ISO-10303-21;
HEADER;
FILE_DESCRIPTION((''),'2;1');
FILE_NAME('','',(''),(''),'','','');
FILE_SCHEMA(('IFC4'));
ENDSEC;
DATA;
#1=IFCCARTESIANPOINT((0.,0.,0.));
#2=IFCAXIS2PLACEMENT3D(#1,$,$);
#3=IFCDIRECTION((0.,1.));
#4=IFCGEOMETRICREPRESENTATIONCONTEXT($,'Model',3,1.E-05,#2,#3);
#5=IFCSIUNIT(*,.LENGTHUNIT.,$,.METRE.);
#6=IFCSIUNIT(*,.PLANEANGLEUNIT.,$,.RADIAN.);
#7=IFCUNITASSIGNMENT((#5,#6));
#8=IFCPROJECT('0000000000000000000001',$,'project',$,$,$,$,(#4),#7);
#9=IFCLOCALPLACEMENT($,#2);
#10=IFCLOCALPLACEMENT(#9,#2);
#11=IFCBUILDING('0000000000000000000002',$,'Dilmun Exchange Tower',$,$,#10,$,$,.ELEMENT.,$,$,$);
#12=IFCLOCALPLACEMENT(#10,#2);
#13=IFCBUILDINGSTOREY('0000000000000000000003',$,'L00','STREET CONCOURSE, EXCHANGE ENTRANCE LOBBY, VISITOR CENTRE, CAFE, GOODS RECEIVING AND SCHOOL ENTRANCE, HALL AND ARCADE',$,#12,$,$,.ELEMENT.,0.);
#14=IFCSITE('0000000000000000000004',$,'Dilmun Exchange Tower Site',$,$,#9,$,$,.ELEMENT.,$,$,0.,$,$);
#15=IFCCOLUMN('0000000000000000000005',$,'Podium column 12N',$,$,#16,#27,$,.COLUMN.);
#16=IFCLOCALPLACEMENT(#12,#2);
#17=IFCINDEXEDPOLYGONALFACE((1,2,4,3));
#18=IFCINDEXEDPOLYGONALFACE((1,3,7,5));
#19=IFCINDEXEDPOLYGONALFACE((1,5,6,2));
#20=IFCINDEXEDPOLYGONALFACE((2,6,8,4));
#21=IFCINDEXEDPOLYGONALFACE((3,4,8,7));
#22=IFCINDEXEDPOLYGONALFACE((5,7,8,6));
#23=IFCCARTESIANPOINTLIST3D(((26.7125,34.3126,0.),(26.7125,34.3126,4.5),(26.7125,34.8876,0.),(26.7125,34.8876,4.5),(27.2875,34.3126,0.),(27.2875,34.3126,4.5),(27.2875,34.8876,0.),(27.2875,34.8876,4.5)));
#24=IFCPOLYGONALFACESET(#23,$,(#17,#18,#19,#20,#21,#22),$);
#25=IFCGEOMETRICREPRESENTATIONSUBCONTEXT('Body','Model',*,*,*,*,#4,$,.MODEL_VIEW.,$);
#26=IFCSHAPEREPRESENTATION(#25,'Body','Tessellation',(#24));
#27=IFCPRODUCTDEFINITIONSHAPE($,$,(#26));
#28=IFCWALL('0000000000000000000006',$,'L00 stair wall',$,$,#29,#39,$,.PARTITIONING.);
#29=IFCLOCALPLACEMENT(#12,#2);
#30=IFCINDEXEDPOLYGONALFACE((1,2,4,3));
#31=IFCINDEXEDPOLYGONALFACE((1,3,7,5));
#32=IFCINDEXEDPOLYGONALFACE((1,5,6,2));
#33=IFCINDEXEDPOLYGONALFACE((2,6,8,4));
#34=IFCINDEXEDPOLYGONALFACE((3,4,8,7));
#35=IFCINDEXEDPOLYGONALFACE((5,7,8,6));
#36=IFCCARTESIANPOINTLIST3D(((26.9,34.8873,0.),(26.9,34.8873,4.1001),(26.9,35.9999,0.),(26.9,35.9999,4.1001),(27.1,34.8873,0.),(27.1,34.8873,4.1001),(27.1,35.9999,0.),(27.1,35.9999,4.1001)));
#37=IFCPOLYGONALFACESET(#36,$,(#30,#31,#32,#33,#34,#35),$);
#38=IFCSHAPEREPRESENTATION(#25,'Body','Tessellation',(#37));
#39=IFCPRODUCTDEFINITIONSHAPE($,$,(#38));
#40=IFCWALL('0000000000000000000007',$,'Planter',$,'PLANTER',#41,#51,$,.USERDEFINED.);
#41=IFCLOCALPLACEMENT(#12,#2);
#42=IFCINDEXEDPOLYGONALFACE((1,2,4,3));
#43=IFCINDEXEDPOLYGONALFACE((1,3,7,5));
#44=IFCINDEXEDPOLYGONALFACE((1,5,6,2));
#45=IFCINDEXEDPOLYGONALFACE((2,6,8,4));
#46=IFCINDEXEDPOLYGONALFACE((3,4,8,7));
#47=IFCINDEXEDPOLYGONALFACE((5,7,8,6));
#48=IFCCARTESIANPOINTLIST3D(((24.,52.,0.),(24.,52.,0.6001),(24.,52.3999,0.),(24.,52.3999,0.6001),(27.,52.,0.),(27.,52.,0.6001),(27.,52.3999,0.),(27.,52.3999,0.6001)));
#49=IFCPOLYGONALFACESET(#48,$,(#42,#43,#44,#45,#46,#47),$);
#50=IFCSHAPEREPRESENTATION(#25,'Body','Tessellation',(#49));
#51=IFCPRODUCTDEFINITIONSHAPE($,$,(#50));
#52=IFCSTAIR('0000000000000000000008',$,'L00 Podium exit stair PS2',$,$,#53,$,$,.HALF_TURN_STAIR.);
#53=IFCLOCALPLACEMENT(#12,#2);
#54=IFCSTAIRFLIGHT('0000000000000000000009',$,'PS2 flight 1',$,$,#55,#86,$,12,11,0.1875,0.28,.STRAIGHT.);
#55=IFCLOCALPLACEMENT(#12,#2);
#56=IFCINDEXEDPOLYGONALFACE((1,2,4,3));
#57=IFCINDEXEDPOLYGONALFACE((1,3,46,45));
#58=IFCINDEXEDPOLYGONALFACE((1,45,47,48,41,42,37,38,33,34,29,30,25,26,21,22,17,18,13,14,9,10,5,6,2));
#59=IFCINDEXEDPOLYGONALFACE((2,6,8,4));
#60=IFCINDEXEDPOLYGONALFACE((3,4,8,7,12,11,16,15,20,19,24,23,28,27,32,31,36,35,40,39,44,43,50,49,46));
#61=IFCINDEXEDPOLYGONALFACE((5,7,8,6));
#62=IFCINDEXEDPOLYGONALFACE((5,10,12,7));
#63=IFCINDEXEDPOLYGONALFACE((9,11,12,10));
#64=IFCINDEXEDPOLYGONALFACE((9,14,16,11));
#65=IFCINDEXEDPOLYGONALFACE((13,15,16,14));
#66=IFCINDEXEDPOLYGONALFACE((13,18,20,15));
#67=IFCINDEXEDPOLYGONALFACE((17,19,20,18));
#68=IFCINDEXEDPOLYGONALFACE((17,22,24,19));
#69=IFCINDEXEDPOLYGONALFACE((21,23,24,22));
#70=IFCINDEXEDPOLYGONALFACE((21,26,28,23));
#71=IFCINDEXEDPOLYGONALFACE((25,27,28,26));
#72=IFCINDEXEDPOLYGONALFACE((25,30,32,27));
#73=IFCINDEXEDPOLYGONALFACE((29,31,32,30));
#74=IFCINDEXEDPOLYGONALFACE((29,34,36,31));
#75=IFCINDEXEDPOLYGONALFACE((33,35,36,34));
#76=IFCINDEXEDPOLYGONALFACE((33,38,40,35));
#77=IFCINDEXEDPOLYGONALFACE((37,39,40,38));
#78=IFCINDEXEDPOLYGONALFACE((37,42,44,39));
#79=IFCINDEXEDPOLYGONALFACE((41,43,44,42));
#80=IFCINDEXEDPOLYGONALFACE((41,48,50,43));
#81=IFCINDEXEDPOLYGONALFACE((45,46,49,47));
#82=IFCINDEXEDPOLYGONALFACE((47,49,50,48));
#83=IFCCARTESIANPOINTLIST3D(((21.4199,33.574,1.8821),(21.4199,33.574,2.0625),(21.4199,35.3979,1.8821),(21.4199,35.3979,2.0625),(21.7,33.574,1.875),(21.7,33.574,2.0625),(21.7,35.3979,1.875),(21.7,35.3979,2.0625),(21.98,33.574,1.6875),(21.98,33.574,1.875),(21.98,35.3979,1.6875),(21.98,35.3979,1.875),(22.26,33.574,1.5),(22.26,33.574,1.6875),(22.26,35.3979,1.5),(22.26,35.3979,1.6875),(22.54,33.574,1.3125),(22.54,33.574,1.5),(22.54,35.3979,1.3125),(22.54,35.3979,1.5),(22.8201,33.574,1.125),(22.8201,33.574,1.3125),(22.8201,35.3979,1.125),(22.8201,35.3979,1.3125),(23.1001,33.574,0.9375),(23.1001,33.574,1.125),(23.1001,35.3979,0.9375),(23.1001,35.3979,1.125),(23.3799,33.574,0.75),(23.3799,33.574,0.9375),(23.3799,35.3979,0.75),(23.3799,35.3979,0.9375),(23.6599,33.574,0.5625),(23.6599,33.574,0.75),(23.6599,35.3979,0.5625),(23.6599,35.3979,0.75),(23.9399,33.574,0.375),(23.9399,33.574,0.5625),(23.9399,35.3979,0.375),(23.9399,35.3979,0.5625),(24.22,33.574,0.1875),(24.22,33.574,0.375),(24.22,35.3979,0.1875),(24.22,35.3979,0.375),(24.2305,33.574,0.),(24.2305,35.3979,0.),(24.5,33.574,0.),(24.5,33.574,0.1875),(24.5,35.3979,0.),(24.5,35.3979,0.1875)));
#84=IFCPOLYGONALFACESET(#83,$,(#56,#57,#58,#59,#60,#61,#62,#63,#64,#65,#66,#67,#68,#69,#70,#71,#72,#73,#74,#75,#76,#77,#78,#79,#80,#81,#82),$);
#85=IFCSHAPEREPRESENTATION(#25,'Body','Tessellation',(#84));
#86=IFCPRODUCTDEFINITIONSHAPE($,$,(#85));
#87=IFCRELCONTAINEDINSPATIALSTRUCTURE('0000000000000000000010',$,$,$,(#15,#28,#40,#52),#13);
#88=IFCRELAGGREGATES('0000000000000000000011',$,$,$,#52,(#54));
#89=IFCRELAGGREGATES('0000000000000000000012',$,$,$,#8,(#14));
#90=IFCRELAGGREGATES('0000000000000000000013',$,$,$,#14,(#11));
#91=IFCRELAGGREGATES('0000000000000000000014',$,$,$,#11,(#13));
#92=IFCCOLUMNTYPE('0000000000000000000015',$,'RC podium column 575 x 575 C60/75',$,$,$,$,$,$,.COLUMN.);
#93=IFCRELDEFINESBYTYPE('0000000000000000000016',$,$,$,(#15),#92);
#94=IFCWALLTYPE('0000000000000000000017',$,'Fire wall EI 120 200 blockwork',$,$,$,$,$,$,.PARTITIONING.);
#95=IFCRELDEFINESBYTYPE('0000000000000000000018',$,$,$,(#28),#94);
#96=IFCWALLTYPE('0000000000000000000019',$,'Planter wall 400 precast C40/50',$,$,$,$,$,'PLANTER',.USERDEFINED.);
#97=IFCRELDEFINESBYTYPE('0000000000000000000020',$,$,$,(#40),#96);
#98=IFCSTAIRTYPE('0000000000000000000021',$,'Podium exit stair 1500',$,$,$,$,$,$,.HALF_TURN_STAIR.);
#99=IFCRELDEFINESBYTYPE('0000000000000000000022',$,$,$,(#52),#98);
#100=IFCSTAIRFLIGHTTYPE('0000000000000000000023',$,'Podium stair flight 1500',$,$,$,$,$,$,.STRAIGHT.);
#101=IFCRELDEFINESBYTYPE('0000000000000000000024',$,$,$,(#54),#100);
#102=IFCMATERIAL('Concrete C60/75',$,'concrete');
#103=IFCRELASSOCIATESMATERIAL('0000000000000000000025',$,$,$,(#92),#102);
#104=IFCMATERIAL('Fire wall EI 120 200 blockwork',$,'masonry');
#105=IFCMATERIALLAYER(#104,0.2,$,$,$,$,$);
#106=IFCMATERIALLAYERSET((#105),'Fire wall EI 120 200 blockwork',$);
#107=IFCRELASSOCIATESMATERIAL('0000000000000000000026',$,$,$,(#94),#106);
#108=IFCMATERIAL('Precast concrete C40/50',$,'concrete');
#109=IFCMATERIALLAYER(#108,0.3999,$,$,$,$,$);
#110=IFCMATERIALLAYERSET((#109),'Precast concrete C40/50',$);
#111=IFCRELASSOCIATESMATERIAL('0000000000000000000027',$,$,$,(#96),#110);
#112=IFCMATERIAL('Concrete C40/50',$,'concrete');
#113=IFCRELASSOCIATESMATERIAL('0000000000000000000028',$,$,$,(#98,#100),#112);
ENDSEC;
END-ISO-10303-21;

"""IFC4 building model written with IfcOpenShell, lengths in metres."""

from ifc_helpers import new_model, si_unit, direction, frame, frame_2d, origin, origin_2d, place, context, subcontext, project, spatial, polyline, rectangle, outline, extrude, material, layer, layer_set, material_profile, profile_set, type_object, element, aggregate, save


model = new_model("IFC4")

# Units and contexts
model_context = context("Model", 3, precision=1e-05, world=origin(), true_north=direction((0.0, 1.0)))
body_context = subcontext(model_context, "Body", "Model", "MODEL_VIEW")
ifc_project = project(units=[si_unit("LENGTHUNIT", "METRE"), si_unit("PLANEANGLEUNIT", "RADIAN")], contexts=[model_context])

# Site, building, storey
site_placement = place(None, origin())
site = spatial("IfcSite", under=ifc_project, at=site_placement, Name="Dilmun Exchange Tower Site", CompositionType="ELEMENT", RefElevation=0.0)
building_placement = place(site_placement, origin())
building = spatial("IfcBuilding", under=site, at=building_placement, Name="Dilmun Exchange Tower", CompositionType="ELEMENT")
storey_placement = place(building_placement, origin())
storey = spatial("IfcBuildingStorey", under=building, at=storey_placement, Name="L00", Description="STREET CONCOURSE, EXCHANGE ENTRANCE LOBBY, VISITOR CENTRE, CAFE, GOODS RECEIVING AND SCHOOL ENTRANCE, HALL AND ARCADE", CompositionType="ELEMENT", Elevation=0.0)

# Column
ifc_material_1 = material(Name="Concrete C60/75", Category="concrete")
ifc_material_profile = material_profile(ifc_material_1, rectangle(XDim=0.575, YDim=0.575, at=origin_2d()), Name="575 x 575")
ifc_profile_set = profile_set([ifc_material_profile], Name="Concrete C60/75")
column_type = type_object("IfcColumnType", Name="RC podium column 575 x 575 C60/75", PredefinedType="COLUMN", material=ifc_profile_set)
column_placement = place(storey_placement, frame((27.0, 34.6001, 0.0), z_axis=(0.0, 0.0, 1.0), x_axis=(1.0, 0.0, 0.0)))
element("IfcColumn", 1, at=column_placement, inside=storey, type_object=column_type, Name="Podium column 12N", PredefinedType="COLUMN", context=body_context, shape_type="SweptSolid", body=[
    extrude(rectangle(XDim=0.575, YDim=0.575, at=origin_2d()), origin(), (0.0, 0.0, 1.0), 4.5),
])

# Walls
ifc_material_2 = material(Name="Fire wall EI 120 200 blockwork", Category="masonry")
ifc_layer_1 = layer(ifc_material_2, 0.2)
ifc_layer_set_1 = layer_set([ifc_layer_1], Name="Fire wall EI 120 200 blockwork")
wall_type_1 = type_object("IfcWallType", Name="Fire wall EI 120 200 blockwork", PredefinedType="PARTITIONING", material=ifc_layer_set_1)
wall_1_placement = place(storey_placement, frame((27.0, 34.8875, 0.0), z_axis=(0.0, 0.0, 1.0), x_axis=(0.0, 1.0, 0.0)))
element("IfcWall", 2, at=wall_1_placement, inside=storey, type_object=wall_type_1, Name="L00 stair wall", PredefinedType="PARTITIONING", context=body_context, shape_type="SweptSolid", body=[
    extrude(rectangle(XDim=1.1125, YDim=0.2, at=frame_2d((0.5562, 0.0))), origin(), (0.0, 0.0, 1.0), 4.1001),
])
ifc_material_3 = material(Name="Precast concrete C40/50", Category="concrete")
ifc_layer_2 = layer(ifc_material_3, 0.3999)
ifc_layer_set_2 = layer_set([ifc_layer_2], Name="Precast concrete C40/50")
wall_type_2 = type_object("IfcWallType", Name="Planter wall 400 precast C40/50", ElementType="PLANTER", PredefinedType="USERDEFINED", material=ifc_layer_set_2)
wall_2_placement = place(storey_placement, frame((24.0, 52.2, 0.0), z_axis=(0.0, 0.0, 1.0), x_axis=(1.0, 0.0, 0.0)))
element("IfcWall", 3, at=wall_2_placement, inside=storey, type_object=wall_type_2, Name="Planter", ObjectType="PLANTER", PredefinedType="USERDEFINED", context=body_context, shape_type="SweptSolid", body=[
    extrude(rectangle(XDim=3.0, YDim=0.3999, at=frame_2d((1.5, 0.0))), origin(), (0.0, 0.0, 1.0), 0.6001),
])

# Stair, stair flight
ifc_material_4 = material(Name="Concrete C40/50", Category="concrete")
stair_type = type_object("IfcStairType", Name="Podium exit stair 1500", PredefinedType="HALF_TURN_STAIR", material=ifc_material_4)
stair_placement = place(storey_placement, origin())
stair = element("IfcStair", 4, at=stair_placement, inside=storey, type_object=stair_type, Name="L00 Podium exit stair PS2", PredefinedType="HALF_TURN_STAIR")
stair_flight_type = type_object("IfcStairFlightType", Name="Podium stair flight 1500", PredefinedType="STRAIGHT", material=ifc_material_4)
stair_flight_placement = place(storey_placement, frame((24.5, 34.4861, 0.0), z_axis=(0.0, 0.0, 1.0), x_axis=(-1.0, 0.0, 0.0)))
stair_flight = element("IfcStairFlight", 5, at=stair_flight_placement, type_object=stair_flight_type, Name="PS2 flight 1", NumberOfRisers=12, NumberOfTreads=11, PredefinedType="STRAIGHT", RiserHeight=0.1875, TreadLength=0.28, context=body_context, shape_type="SweptSolid", body=[
    extrude(outline(polyline([(0.0, 0.0), (0.0, 0.1875), (0.28, 0.1875), (0.28, 0.375), (0.5601, 0.375), (0.5601, 0.5625), (0.8401, 0.5625), (0.8401, 0.75), (1.1201, 0.75), (1.1201, 0.9375), (1.3999, 0.9375), (1.3999, 1.125), (1.6799, 1.125), (1.6799, 1.3125), (1.96, 1.3125), (1.96, 1.5), (2.24, 1.5), (2.24, 1.6875), (2.52, 1.6875), (2.52, 1.875), (2.8, 1.875), (2.8, 2.0625), (3.0801, 2.0625), (3.0801, 2.25), (3.0801, 1.8821), (0.2695, 0.0), (0.0, 0.0)])), frame((0.0, 0.9121, 0.0), z_axis=(0.0, -1.0, 0.0), x_axis=(1.0, 0.0, 0.0)), (0.0, 0.0, 1.0), 1.824),
])
aggregate(stair, [stair_flight])

save(model, "model.ifc")
